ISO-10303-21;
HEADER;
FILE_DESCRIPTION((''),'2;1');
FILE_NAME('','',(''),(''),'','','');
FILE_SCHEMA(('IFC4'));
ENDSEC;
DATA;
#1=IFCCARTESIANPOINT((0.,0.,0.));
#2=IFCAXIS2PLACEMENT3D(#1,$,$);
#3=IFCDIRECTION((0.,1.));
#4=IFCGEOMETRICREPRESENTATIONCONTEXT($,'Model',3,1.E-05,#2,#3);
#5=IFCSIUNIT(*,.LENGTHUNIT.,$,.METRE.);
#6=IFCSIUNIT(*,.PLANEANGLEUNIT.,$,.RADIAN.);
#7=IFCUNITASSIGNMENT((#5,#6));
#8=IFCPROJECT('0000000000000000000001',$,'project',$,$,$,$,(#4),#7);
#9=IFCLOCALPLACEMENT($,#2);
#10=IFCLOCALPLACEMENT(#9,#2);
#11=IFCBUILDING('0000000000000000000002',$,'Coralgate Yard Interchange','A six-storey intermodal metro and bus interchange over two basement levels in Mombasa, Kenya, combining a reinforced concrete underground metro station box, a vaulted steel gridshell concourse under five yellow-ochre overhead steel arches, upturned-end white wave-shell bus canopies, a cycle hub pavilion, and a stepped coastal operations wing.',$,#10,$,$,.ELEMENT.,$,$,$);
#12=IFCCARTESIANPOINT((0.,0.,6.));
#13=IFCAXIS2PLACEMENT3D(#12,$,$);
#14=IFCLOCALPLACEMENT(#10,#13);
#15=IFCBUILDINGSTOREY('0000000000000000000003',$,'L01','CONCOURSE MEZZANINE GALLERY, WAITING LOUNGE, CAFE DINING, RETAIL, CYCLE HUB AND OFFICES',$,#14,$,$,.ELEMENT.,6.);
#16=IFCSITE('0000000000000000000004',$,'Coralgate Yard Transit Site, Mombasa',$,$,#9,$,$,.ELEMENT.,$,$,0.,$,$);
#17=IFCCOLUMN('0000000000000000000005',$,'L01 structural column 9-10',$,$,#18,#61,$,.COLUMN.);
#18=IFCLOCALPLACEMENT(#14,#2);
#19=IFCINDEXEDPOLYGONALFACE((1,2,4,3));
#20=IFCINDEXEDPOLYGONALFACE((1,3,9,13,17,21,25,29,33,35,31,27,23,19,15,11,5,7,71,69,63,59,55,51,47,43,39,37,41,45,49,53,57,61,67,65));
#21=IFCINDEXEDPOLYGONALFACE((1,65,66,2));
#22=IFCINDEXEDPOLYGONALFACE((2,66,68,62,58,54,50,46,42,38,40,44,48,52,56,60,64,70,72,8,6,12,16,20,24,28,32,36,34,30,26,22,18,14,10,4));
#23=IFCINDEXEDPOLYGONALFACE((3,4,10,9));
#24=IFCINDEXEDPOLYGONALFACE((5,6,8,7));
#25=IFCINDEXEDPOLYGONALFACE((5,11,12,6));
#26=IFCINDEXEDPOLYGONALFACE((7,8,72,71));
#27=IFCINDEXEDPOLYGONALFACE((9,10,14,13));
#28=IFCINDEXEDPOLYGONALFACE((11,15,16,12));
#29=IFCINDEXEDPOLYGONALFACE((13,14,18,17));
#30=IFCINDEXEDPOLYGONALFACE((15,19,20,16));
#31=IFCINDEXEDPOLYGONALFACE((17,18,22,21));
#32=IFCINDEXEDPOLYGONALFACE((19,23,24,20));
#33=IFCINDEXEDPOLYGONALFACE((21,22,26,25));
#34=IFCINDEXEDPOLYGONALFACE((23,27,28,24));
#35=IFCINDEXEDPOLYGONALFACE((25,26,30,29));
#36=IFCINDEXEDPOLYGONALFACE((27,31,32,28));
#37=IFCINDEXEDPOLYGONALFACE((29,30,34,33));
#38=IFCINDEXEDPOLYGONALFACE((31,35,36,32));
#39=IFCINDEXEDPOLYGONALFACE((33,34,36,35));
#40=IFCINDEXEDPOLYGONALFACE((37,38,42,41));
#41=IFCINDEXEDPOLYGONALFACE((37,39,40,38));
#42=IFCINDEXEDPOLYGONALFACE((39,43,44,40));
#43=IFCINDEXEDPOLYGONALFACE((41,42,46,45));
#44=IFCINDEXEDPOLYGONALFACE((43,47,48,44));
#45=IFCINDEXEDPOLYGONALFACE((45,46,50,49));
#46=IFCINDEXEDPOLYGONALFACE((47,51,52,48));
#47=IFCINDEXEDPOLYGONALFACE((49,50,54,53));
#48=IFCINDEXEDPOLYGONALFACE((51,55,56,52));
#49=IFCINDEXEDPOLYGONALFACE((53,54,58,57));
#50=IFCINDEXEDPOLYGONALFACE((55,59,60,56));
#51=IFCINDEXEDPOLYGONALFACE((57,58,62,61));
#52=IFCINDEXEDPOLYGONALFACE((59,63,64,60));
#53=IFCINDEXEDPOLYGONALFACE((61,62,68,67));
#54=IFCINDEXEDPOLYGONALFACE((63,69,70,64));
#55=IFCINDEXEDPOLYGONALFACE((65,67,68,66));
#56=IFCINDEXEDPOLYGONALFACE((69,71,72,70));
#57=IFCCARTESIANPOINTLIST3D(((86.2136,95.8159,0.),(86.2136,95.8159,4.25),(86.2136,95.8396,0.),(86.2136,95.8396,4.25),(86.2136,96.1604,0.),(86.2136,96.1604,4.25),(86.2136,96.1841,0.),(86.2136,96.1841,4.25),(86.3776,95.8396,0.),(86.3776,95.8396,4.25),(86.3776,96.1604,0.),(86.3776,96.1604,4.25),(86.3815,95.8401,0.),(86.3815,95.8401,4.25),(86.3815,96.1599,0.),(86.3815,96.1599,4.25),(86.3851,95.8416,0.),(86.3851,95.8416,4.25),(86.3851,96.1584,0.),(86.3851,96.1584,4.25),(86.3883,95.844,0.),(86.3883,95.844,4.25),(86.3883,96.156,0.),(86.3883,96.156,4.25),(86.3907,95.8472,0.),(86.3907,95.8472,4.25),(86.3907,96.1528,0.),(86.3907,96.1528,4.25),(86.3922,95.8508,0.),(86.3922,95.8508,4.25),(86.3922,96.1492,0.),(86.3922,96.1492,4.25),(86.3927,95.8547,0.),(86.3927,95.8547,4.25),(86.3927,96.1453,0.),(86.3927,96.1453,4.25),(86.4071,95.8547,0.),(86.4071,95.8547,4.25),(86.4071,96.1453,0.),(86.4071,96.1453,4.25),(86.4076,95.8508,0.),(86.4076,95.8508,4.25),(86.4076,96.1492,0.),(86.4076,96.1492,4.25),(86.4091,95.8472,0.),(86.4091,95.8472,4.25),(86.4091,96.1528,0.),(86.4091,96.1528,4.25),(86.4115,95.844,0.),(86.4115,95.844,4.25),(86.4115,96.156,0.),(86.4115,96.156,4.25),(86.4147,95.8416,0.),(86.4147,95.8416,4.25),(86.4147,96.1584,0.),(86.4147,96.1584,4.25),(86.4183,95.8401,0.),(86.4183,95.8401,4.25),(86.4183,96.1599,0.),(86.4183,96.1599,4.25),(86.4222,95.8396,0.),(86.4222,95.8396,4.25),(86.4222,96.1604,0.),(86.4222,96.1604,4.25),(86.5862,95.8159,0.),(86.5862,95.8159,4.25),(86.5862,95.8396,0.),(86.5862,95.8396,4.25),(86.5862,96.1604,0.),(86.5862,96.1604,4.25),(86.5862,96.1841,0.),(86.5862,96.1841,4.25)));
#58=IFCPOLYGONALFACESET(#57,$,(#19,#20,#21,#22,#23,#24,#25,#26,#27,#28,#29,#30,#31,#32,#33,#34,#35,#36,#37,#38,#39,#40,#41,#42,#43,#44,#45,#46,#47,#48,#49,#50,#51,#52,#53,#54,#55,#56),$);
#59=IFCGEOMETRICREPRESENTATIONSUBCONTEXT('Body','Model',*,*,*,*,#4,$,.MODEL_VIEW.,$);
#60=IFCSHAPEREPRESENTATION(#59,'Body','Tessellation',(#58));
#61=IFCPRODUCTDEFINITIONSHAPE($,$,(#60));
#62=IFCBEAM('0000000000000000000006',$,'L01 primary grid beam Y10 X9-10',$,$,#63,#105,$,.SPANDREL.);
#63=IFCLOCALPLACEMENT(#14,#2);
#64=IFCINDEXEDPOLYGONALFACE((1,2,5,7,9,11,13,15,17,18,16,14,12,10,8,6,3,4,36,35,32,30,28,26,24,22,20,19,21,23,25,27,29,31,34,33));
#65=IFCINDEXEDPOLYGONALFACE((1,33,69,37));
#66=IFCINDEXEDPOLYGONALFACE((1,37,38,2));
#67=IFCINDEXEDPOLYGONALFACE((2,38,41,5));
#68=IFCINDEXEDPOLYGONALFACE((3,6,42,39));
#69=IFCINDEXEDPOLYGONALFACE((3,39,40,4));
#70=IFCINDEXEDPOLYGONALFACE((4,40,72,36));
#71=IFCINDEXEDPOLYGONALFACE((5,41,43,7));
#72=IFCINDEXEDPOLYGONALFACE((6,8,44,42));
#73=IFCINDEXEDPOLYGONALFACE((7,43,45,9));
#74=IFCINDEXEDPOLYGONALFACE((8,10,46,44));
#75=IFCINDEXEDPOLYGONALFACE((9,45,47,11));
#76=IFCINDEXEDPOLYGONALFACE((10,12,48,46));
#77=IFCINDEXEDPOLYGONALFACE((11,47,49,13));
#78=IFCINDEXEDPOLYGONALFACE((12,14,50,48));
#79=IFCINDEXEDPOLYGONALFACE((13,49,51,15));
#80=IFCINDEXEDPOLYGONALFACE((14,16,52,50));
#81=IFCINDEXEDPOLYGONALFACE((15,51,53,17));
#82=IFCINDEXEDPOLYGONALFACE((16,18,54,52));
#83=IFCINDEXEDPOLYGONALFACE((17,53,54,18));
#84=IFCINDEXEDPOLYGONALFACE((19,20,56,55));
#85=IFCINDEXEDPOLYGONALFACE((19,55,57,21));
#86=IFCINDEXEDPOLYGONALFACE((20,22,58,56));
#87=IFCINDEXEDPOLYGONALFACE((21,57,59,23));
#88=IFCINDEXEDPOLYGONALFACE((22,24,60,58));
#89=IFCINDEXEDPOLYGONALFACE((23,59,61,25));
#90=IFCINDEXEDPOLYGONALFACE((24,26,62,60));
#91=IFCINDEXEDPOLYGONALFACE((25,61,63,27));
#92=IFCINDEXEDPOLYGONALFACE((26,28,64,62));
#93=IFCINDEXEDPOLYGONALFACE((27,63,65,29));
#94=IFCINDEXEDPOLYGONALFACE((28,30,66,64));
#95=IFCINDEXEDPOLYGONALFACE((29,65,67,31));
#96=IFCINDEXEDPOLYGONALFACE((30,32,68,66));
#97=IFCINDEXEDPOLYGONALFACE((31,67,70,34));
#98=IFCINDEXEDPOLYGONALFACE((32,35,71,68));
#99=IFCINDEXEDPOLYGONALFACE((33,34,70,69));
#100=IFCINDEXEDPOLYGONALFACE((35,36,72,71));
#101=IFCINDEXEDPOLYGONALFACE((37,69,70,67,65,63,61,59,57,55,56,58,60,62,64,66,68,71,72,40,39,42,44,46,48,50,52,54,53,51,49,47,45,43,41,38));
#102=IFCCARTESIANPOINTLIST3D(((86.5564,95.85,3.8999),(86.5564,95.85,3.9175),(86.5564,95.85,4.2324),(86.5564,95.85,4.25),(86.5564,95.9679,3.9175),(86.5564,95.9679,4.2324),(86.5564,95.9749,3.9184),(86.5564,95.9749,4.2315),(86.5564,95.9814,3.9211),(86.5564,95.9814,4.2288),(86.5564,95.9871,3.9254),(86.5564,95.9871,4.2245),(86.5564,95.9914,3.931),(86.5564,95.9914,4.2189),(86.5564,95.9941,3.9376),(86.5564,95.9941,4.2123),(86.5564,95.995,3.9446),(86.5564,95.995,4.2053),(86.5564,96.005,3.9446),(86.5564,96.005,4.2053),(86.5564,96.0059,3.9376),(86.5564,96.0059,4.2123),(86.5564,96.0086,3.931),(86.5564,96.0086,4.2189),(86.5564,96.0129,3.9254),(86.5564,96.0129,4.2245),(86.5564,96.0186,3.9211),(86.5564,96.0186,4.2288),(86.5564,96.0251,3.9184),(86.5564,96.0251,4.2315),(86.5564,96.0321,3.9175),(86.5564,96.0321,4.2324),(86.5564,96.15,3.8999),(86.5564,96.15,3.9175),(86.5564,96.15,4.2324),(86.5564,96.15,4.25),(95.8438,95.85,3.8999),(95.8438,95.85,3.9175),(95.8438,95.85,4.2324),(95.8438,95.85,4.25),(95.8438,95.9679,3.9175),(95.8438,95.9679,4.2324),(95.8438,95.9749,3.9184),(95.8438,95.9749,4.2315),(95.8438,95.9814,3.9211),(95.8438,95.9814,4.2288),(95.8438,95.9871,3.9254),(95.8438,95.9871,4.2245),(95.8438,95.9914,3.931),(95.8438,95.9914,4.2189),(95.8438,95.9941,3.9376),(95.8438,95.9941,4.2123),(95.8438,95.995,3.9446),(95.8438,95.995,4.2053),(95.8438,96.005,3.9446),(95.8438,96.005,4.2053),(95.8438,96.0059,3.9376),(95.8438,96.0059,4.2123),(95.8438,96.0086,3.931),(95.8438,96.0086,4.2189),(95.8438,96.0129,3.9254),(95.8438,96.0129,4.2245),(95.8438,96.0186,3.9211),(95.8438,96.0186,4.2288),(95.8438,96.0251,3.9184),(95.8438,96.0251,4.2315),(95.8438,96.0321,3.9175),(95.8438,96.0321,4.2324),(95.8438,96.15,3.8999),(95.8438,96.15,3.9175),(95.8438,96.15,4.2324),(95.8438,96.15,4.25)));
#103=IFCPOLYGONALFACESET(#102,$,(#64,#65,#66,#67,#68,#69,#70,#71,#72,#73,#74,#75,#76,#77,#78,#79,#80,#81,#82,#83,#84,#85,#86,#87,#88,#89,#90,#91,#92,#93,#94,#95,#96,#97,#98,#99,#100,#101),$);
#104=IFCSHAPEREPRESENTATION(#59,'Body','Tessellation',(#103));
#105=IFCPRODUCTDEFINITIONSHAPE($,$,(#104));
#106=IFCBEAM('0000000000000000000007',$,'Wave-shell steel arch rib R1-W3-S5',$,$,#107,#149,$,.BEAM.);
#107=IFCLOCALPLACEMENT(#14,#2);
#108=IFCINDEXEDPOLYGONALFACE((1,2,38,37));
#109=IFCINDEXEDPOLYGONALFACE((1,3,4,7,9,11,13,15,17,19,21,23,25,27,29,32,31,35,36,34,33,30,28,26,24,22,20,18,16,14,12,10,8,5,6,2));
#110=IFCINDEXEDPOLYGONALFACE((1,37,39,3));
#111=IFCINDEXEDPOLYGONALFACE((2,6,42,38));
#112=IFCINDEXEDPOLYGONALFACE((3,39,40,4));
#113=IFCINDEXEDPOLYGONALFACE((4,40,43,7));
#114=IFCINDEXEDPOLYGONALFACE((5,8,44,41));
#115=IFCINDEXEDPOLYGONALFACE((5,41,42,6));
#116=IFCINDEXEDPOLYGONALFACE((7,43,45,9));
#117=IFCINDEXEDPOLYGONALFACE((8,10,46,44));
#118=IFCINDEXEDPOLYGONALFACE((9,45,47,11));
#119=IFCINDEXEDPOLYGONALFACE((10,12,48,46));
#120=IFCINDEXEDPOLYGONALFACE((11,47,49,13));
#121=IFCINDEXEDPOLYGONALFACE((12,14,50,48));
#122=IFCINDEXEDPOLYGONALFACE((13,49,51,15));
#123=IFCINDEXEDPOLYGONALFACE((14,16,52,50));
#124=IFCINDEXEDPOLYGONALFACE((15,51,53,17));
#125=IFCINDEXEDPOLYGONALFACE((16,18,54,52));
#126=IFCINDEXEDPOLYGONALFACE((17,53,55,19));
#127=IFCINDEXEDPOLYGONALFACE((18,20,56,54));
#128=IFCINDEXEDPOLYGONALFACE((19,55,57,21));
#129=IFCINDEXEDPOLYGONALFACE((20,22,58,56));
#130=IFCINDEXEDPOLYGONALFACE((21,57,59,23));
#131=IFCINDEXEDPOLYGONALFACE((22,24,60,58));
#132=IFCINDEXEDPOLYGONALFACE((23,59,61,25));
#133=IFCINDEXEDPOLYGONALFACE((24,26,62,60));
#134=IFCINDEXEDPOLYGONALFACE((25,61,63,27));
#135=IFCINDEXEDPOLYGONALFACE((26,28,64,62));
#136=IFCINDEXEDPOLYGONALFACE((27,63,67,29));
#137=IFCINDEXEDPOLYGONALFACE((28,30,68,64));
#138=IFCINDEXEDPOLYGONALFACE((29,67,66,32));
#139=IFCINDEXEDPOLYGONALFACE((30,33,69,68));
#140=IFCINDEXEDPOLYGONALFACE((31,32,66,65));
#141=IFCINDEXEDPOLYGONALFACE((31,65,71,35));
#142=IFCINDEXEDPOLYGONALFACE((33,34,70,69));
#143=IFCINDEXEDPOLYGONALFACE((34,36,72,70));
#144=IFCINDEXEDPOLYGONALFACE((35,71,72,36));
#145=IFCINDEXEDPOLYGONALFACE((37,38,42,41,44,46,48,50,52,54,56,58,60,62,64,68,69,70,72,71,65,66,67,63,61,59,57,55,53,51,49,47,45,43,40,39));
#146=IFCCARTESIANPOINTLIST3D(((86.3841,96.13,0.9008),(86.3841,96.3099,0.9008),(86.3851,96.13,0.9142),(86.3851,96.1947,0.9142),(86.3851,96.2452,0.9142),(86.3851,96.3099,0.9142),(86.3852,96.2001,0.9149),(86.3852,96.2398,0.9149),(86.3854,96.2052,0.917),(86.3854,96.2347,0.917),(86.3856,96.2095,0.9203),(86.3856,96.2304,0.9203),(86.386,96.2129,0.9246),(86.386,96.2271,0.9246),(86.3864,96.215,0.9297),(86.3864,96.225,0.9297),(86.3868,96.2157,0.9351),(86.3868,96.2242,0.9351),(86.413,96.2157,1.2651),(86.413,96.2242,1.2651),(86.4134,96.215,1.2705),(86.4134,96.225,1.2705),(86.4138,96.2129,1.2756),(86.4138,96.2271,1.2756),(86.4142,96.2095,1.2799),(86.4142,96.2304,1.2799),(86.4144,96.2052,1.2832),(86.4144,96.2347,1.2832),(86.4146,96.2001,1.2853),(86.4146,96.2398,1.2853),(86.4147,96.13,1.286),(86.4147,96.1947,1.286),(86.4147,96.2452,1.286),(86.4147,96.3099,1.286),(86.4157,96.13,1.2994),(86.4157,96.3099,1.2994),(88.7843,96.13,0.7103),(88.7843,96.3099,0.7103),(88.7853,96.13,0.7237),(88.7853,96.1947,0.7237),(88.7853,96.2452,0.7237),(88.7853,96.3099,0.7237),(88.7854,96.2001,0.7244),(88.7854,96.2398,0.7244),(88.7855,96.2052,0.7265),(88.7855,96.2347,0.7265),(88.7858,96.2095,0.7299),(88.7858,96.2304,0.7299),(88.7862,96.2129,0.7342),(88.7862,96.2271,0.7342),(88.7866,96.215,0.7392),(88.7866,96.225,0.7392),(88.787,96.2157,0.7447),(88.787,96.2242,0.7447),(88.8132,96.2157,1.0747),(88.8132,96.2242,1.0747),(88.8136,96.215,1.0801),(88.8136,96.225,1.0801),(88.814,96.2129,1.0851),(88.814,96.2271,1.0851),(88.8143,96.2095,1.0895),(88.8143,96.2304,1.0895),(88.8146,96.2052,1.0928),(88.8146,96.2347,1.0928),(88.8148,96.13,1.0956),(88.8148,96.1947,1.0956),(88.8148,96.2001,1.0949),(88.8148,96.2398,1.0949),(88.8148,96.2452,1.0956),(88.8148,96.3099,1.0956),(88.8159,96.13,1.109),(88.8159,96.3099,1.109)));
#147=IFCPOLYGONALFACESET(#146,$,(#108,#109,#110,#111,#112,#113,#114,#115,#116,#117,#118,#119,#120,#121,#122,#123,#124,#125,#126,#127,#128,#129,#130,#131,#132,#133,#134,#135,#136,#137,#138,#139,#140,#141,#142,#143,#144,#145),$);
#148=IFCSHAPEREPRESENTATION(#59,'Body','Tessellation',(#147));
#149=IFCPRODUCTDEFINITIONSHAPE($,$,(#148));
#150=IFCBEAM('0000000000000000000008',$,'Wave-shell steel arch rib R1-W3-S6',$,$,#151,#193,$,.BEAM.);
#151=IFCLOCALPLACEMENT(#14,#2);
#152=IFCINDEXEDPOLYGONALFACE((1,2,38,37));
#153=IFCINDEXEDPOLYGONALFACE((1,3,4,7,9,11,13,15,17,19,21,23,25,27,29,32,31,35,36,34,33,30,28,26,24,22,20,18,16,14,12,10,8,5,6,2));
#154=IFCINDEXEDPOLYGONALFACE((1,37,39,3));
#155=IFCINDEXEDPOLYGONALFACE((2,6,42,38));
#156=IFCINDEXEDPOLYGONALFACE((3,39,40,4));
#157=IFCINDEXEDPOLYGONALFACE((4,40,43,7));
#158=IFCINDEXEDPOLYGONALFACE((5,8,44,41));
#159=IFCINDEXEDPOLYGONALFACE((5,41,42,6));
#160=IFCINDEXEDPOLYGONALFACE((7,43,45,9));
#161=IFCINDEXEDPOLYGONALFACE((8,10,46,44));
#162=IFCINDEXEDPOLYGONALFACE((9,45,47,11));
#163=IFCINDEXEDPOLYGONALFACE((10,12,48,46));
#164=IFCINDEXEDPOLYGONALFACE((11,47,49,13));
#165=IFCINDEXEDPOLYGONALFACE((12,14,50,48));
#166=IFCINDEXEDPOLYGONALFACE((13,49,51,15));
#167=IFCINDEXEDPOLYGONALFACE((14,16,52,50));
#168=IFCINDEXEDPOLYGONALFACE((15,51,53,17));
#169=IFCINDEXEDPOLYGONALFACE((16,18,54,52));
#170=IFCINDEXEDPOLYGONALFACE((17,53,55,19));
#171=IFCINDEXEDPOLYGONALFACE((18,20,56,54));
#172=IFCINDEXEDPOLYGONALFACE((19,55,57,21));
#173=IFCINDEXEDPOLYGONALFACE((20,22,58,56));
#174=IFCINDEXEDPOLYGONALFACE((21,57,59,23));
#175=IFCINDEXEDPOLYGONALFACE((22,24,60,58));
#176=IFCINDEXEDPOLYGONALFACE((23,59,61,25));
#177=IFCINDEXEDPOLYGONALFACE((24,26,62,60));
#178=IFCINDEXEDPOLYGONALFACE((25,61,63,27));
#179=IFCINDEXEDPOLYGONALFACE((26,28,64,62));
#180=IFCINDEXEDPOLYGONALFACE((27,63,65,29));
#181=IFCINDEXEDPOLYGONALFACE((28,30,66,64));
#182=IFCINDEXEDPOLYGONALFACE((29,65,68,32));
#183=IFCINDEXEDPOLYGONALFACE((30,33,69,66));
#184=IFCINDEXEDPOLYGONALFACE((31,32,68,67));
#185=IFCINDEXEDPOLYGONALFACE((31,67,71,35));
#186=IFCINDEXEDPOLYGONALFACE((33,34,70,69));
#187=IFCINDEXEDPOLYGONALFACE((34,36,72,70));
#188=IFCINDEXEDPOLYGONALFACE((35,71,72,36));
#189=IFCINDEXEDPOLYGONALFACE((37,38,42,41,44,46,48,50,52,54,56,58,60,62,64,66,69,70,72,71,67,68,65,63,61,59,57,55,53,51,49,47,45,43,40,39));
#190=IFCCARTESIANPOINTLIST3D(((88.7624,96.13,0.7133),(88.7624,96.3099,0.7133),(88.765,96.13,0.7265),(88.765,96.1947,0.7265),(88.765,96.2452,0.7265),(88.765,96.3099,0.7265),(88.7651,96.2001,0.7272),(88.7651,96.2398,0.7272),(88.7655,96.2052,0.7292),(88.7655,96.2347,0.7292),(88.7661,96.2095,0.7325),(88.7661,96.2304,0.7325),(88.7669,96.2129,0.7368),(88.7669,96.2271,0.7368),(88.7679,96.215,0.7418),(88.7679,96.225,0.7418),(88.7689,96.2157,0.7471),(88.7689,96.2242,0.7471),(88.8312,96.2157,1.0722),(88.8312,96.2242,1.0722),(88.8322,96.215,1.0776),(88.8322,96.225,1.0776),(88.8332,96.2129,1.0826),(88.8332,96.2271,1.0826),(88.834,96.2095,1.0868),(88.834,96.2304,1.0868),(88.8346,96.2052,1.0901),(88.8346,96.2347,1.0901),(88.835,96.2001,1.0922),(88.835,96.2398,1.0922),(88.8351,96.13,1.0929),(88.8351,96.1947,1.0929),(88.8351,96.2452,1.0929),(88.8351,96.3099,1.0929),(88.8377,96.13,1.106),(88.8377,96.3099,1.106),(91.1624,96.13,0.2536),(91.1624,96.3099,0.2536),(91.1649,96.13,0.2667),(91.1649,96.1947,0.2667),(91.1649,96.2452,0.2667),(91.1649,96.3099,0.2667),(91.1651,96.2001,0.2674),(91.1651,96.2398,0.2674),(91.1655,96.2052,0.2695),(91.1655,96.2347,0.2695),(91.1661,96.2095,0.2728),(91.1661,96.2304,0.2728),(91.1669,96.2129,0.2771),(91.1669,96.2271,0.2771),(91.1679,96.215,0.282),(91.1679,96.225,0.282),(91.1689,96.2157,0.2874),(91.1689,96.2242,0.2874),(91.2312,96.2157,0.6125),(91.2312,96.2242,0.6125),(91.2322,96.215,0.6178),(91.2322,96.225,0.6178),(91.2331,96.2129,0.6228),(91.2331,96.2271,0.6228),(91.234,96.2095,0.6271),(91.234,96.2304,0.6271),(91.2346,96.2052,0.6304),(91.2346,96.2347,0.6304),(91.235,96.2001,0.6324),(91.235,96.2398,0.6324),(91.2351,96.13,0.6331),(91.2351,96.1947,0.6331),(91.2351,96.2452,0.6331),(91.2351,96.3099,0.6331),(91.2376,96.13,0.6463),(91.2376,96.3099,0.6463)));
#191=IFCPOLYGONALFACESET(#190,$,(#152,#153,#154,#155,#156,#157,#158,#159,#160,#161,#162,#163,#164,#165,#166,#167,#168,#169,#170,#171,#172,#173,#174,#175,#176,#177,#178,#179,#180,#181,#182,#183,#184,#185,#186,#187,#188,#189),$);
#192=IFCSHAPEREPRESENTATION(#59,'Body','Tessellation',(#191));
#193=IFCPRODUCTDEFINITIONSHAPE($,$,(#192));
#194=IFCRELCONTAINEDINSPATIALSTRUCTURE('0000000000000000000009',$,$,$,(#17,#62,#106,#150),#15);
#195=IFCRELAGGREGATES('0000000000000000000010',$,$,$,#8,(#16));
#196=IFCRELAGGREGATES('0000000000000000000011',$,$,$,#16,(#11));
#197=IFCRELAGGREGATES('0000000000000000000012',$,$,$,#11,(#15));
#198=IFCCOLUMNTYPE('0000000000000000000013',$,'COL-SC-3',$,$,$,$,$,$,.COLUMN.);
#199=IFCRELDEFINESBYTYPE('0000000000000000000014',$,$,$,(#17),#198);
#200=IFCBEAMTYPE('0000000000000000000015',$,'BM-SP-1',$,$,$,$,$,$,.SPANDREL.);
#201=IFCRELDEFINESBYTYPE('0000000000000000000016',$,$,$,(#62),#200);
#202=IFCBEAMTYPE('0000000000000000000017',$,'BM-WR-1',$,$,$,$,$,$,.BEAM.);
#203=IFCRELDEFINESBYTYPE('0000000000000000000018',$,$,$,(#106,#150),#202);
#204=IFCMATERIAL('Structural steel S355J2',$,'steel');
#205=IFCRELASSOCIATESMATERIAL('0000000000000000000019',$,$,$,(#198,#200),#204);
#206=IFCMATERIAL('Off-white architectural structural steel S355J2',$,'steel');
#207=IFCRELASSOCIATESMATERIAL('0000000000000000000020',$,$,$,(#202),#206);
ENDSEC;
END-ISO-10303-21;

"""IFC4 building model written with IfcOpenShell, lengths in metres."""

from ifc_helpers import new_model, si_unit, direction, frame, origin, origin_2d, place, context, subcontext, project, spatial, i_section, extrude, material, material_profile, profile_set, type_object, element, save


model = new_model("IFC4")

# Units and contexts
model_context = context("Model", 3, precision=1e-05, world=origin(), true_north=direction((0.0, 1.0)))
body_context = subcontext(model_context, "Body", "Model", "MODEL_VIEW")
ifc_project = project(units=[si_unit("LENGTHUNIT", "METRE"), si_unit("PLANEANGLEUNIT", "RADIAN")], contexts=[model_context])

# Site, building, storey
site_placement = place(None, origin())
site = spatial("IfcSite", under=ifc_project, at=site_placement, Name="Coralgate Yard Transit Site, Mombasa", CompositionType="ELEMENT", RefElevation=0.0)
building_placement = place(site_placement, origin())
building = spatial("IfcBuilding", under=site, at=building_placement, Name="Coralgate Yard Interchange", Description="A six-storey intermodal metro and bus interchange over two basement levels in Mombasa, Kenya, combining a reinforced concrete underground metro station box, a vaulted steel gridshell concourse under five yellow-ochre overhead steel arches, upturned-end white wave-shell bus canopies, a cycle hub pavilion, and a stepped coastal operations wing.", CompositionType="ELEMENT")
storey_placement = place(building_placement, frame((0.0, 0.0, 6.0)))
storey = spatial("IfcBuildingStorey", under=building, at=storey_placement, Name="L01", Description="CONCOURSE MEZZANINE GALLERY, WAITING LOUNGE, CAFE DINING, RETAIL, CYCLE HUB AND OFFICES", CompositionType="ELEMENT", Elevation=6.0)

# Column
ifc_material_1 = material(Name="Structural steel S355J2", Category="steel")
ifc_material_profile_1 = material_profile(ifc_material_1, i_section(OverallWidth=0.3726, OverallDepth=0.3682, WebThickness=0.0144, FlangeThickness=0.0237, FilletRadius=0.0151, at=origin_2d()), Name="UC 356x368x177")
ifc_profile_set_1 = profile_set([ifc_material_profile_1], Name="Structural steel S355J2")
column_type = type_object("IfcColumnType", Name="COL-SC-3", PredefinedType="COLUMN", material=ifc_profile_set_1)
column_placement = place(storey_placement, frame((86.3999, 96.0, 0.0), z_axis=(0.0, 0.0, 1.0), x_axis=(1.0, 0.0, 0.0)))
element("IfcColumn", 1, at=column_placement, inside=storey, type_object=column_type, Name="L01 structural column 9-10", PredefinedType="COLUMN", context=body_context, shape_type="SweptSolid", body=[
    extrude(i_section(OverallWidth=0.3726, OverallDepth=0.3682, WebThickness=0.0144, FlangeThickness=0.0237, FilletRadius=0.0151, at=origin_2d()), origin(), (0.0, 0.0, 1.0), 4.25),
])

# Beams
ifc_material_profile_2 = material_profile(ifc_material_1, i_section(OverallWidth=0.3, OverallDepth=0.3501, WebThickness=0.01, FlangeThickness=0.0176, FilletRadius=0.0271, at=origin_2d()), Name="HEA 360")
ifc_profile_set_2 = profile_set([ifc_material_profile_2], Name="Structural steel S355J2")
beam_type_1 = type_object("IfcBeamType", Name="BM-SP-1", PredefinedType="SPANDREL", material=ifc_profile_set_2)
beam_1_placement = place(storey_placement, frame((86.5564, 96.0, 4.075), z_axis=(1.0, 0.0, 0.0), x_axis=(0.0, 1.0, 0.0)))
element("IfcBeam", 2, at=beam_1_placement, inside=storey, type_object=beam_type_1, Name="L01 primary grid beam Y10 X9-10", PredefinedType="SPANDREL", context=body_context, shape_type="SweptSolid", body=[
    extrude(i_section(OverallWidth=0.3, OverallDepth=0.3501, WebThickness=0.01, FlangeThickness=0.0176, FilletRadius=0.0271, at=origin_2d()), origin(), (0.0, 0.0, 1.0), 9.2874),
])
ifc_material_2 = material(Name="Off-white architectural structural steel S355J2", Category="steel")
ifc_material_profile_3 = material_profile(ifc_material_2, i_section(OverallWidth=0.1799, OverallDepth=0.3999, WebThickness=0.0085, FlangeThickness=0.0134, FilletRadius=0.021, at=origin_2d()), Name="IPE 400")
ifc_profile_set_3 = profile_set([ifc_material_profile_3], Name="Off-white architectural structural steel S355J2")
beam_type_2 = type_object("IfcBeamType", Name="BM-WR-1", PredefinedType="BEAM", material=ifc_profile_set_3)
beam_2_placement = place(storey_placement, frame((86.3999, 96.22, 1.1001), z_axis=(0.996867, 0.0, -0.079092), x_axis=(0.0, 1.0, 0.0)))
element("IfcBeam", 3, at=beam_2_placement, inside=storey, type_object=beam_type_2, Name="Wave-shell steel arch rib R1-W3-S5", PredefinedType="BEAM", context=body_context, shape_type="SweptSolid", body=[
    extrude(i_section(OverallWidth=0.1799, OverallDepth=0.3999, WebThickness=0.0085, FlangeThickness=0.0134, FilletRadius=0.021, at=origin_2d()), origin(), (0.0, 0.0, 1.0), 2.4077),
])
beam_3_placement = place(storey_placement, frame((88.8, 96.22, 0.9097), z_axis=(0.982143, 0.0, -0.188136), x_axis=(0.0, 1.0, 0.0)))
element("IfcBeam", 4, at=beam_3_placement, inside=storey, type_object=beam_type_2, Name="Wave-shell steel arch rib R1-W3-S6", PredefinedType="BEAM", context=body_context, shape_type="SweptSolid", body=[
    extrude(i_section(OverallWidth=0.1799, OverallDepth=0.3999, WebThickness=0.0085, FlangeThickness=0.0134, FilletRadius=0.021, at=origin_2d()), origin(), (0.0, 0.0, 1.0), 2.4436),
])

save(model, "model.ifc")
